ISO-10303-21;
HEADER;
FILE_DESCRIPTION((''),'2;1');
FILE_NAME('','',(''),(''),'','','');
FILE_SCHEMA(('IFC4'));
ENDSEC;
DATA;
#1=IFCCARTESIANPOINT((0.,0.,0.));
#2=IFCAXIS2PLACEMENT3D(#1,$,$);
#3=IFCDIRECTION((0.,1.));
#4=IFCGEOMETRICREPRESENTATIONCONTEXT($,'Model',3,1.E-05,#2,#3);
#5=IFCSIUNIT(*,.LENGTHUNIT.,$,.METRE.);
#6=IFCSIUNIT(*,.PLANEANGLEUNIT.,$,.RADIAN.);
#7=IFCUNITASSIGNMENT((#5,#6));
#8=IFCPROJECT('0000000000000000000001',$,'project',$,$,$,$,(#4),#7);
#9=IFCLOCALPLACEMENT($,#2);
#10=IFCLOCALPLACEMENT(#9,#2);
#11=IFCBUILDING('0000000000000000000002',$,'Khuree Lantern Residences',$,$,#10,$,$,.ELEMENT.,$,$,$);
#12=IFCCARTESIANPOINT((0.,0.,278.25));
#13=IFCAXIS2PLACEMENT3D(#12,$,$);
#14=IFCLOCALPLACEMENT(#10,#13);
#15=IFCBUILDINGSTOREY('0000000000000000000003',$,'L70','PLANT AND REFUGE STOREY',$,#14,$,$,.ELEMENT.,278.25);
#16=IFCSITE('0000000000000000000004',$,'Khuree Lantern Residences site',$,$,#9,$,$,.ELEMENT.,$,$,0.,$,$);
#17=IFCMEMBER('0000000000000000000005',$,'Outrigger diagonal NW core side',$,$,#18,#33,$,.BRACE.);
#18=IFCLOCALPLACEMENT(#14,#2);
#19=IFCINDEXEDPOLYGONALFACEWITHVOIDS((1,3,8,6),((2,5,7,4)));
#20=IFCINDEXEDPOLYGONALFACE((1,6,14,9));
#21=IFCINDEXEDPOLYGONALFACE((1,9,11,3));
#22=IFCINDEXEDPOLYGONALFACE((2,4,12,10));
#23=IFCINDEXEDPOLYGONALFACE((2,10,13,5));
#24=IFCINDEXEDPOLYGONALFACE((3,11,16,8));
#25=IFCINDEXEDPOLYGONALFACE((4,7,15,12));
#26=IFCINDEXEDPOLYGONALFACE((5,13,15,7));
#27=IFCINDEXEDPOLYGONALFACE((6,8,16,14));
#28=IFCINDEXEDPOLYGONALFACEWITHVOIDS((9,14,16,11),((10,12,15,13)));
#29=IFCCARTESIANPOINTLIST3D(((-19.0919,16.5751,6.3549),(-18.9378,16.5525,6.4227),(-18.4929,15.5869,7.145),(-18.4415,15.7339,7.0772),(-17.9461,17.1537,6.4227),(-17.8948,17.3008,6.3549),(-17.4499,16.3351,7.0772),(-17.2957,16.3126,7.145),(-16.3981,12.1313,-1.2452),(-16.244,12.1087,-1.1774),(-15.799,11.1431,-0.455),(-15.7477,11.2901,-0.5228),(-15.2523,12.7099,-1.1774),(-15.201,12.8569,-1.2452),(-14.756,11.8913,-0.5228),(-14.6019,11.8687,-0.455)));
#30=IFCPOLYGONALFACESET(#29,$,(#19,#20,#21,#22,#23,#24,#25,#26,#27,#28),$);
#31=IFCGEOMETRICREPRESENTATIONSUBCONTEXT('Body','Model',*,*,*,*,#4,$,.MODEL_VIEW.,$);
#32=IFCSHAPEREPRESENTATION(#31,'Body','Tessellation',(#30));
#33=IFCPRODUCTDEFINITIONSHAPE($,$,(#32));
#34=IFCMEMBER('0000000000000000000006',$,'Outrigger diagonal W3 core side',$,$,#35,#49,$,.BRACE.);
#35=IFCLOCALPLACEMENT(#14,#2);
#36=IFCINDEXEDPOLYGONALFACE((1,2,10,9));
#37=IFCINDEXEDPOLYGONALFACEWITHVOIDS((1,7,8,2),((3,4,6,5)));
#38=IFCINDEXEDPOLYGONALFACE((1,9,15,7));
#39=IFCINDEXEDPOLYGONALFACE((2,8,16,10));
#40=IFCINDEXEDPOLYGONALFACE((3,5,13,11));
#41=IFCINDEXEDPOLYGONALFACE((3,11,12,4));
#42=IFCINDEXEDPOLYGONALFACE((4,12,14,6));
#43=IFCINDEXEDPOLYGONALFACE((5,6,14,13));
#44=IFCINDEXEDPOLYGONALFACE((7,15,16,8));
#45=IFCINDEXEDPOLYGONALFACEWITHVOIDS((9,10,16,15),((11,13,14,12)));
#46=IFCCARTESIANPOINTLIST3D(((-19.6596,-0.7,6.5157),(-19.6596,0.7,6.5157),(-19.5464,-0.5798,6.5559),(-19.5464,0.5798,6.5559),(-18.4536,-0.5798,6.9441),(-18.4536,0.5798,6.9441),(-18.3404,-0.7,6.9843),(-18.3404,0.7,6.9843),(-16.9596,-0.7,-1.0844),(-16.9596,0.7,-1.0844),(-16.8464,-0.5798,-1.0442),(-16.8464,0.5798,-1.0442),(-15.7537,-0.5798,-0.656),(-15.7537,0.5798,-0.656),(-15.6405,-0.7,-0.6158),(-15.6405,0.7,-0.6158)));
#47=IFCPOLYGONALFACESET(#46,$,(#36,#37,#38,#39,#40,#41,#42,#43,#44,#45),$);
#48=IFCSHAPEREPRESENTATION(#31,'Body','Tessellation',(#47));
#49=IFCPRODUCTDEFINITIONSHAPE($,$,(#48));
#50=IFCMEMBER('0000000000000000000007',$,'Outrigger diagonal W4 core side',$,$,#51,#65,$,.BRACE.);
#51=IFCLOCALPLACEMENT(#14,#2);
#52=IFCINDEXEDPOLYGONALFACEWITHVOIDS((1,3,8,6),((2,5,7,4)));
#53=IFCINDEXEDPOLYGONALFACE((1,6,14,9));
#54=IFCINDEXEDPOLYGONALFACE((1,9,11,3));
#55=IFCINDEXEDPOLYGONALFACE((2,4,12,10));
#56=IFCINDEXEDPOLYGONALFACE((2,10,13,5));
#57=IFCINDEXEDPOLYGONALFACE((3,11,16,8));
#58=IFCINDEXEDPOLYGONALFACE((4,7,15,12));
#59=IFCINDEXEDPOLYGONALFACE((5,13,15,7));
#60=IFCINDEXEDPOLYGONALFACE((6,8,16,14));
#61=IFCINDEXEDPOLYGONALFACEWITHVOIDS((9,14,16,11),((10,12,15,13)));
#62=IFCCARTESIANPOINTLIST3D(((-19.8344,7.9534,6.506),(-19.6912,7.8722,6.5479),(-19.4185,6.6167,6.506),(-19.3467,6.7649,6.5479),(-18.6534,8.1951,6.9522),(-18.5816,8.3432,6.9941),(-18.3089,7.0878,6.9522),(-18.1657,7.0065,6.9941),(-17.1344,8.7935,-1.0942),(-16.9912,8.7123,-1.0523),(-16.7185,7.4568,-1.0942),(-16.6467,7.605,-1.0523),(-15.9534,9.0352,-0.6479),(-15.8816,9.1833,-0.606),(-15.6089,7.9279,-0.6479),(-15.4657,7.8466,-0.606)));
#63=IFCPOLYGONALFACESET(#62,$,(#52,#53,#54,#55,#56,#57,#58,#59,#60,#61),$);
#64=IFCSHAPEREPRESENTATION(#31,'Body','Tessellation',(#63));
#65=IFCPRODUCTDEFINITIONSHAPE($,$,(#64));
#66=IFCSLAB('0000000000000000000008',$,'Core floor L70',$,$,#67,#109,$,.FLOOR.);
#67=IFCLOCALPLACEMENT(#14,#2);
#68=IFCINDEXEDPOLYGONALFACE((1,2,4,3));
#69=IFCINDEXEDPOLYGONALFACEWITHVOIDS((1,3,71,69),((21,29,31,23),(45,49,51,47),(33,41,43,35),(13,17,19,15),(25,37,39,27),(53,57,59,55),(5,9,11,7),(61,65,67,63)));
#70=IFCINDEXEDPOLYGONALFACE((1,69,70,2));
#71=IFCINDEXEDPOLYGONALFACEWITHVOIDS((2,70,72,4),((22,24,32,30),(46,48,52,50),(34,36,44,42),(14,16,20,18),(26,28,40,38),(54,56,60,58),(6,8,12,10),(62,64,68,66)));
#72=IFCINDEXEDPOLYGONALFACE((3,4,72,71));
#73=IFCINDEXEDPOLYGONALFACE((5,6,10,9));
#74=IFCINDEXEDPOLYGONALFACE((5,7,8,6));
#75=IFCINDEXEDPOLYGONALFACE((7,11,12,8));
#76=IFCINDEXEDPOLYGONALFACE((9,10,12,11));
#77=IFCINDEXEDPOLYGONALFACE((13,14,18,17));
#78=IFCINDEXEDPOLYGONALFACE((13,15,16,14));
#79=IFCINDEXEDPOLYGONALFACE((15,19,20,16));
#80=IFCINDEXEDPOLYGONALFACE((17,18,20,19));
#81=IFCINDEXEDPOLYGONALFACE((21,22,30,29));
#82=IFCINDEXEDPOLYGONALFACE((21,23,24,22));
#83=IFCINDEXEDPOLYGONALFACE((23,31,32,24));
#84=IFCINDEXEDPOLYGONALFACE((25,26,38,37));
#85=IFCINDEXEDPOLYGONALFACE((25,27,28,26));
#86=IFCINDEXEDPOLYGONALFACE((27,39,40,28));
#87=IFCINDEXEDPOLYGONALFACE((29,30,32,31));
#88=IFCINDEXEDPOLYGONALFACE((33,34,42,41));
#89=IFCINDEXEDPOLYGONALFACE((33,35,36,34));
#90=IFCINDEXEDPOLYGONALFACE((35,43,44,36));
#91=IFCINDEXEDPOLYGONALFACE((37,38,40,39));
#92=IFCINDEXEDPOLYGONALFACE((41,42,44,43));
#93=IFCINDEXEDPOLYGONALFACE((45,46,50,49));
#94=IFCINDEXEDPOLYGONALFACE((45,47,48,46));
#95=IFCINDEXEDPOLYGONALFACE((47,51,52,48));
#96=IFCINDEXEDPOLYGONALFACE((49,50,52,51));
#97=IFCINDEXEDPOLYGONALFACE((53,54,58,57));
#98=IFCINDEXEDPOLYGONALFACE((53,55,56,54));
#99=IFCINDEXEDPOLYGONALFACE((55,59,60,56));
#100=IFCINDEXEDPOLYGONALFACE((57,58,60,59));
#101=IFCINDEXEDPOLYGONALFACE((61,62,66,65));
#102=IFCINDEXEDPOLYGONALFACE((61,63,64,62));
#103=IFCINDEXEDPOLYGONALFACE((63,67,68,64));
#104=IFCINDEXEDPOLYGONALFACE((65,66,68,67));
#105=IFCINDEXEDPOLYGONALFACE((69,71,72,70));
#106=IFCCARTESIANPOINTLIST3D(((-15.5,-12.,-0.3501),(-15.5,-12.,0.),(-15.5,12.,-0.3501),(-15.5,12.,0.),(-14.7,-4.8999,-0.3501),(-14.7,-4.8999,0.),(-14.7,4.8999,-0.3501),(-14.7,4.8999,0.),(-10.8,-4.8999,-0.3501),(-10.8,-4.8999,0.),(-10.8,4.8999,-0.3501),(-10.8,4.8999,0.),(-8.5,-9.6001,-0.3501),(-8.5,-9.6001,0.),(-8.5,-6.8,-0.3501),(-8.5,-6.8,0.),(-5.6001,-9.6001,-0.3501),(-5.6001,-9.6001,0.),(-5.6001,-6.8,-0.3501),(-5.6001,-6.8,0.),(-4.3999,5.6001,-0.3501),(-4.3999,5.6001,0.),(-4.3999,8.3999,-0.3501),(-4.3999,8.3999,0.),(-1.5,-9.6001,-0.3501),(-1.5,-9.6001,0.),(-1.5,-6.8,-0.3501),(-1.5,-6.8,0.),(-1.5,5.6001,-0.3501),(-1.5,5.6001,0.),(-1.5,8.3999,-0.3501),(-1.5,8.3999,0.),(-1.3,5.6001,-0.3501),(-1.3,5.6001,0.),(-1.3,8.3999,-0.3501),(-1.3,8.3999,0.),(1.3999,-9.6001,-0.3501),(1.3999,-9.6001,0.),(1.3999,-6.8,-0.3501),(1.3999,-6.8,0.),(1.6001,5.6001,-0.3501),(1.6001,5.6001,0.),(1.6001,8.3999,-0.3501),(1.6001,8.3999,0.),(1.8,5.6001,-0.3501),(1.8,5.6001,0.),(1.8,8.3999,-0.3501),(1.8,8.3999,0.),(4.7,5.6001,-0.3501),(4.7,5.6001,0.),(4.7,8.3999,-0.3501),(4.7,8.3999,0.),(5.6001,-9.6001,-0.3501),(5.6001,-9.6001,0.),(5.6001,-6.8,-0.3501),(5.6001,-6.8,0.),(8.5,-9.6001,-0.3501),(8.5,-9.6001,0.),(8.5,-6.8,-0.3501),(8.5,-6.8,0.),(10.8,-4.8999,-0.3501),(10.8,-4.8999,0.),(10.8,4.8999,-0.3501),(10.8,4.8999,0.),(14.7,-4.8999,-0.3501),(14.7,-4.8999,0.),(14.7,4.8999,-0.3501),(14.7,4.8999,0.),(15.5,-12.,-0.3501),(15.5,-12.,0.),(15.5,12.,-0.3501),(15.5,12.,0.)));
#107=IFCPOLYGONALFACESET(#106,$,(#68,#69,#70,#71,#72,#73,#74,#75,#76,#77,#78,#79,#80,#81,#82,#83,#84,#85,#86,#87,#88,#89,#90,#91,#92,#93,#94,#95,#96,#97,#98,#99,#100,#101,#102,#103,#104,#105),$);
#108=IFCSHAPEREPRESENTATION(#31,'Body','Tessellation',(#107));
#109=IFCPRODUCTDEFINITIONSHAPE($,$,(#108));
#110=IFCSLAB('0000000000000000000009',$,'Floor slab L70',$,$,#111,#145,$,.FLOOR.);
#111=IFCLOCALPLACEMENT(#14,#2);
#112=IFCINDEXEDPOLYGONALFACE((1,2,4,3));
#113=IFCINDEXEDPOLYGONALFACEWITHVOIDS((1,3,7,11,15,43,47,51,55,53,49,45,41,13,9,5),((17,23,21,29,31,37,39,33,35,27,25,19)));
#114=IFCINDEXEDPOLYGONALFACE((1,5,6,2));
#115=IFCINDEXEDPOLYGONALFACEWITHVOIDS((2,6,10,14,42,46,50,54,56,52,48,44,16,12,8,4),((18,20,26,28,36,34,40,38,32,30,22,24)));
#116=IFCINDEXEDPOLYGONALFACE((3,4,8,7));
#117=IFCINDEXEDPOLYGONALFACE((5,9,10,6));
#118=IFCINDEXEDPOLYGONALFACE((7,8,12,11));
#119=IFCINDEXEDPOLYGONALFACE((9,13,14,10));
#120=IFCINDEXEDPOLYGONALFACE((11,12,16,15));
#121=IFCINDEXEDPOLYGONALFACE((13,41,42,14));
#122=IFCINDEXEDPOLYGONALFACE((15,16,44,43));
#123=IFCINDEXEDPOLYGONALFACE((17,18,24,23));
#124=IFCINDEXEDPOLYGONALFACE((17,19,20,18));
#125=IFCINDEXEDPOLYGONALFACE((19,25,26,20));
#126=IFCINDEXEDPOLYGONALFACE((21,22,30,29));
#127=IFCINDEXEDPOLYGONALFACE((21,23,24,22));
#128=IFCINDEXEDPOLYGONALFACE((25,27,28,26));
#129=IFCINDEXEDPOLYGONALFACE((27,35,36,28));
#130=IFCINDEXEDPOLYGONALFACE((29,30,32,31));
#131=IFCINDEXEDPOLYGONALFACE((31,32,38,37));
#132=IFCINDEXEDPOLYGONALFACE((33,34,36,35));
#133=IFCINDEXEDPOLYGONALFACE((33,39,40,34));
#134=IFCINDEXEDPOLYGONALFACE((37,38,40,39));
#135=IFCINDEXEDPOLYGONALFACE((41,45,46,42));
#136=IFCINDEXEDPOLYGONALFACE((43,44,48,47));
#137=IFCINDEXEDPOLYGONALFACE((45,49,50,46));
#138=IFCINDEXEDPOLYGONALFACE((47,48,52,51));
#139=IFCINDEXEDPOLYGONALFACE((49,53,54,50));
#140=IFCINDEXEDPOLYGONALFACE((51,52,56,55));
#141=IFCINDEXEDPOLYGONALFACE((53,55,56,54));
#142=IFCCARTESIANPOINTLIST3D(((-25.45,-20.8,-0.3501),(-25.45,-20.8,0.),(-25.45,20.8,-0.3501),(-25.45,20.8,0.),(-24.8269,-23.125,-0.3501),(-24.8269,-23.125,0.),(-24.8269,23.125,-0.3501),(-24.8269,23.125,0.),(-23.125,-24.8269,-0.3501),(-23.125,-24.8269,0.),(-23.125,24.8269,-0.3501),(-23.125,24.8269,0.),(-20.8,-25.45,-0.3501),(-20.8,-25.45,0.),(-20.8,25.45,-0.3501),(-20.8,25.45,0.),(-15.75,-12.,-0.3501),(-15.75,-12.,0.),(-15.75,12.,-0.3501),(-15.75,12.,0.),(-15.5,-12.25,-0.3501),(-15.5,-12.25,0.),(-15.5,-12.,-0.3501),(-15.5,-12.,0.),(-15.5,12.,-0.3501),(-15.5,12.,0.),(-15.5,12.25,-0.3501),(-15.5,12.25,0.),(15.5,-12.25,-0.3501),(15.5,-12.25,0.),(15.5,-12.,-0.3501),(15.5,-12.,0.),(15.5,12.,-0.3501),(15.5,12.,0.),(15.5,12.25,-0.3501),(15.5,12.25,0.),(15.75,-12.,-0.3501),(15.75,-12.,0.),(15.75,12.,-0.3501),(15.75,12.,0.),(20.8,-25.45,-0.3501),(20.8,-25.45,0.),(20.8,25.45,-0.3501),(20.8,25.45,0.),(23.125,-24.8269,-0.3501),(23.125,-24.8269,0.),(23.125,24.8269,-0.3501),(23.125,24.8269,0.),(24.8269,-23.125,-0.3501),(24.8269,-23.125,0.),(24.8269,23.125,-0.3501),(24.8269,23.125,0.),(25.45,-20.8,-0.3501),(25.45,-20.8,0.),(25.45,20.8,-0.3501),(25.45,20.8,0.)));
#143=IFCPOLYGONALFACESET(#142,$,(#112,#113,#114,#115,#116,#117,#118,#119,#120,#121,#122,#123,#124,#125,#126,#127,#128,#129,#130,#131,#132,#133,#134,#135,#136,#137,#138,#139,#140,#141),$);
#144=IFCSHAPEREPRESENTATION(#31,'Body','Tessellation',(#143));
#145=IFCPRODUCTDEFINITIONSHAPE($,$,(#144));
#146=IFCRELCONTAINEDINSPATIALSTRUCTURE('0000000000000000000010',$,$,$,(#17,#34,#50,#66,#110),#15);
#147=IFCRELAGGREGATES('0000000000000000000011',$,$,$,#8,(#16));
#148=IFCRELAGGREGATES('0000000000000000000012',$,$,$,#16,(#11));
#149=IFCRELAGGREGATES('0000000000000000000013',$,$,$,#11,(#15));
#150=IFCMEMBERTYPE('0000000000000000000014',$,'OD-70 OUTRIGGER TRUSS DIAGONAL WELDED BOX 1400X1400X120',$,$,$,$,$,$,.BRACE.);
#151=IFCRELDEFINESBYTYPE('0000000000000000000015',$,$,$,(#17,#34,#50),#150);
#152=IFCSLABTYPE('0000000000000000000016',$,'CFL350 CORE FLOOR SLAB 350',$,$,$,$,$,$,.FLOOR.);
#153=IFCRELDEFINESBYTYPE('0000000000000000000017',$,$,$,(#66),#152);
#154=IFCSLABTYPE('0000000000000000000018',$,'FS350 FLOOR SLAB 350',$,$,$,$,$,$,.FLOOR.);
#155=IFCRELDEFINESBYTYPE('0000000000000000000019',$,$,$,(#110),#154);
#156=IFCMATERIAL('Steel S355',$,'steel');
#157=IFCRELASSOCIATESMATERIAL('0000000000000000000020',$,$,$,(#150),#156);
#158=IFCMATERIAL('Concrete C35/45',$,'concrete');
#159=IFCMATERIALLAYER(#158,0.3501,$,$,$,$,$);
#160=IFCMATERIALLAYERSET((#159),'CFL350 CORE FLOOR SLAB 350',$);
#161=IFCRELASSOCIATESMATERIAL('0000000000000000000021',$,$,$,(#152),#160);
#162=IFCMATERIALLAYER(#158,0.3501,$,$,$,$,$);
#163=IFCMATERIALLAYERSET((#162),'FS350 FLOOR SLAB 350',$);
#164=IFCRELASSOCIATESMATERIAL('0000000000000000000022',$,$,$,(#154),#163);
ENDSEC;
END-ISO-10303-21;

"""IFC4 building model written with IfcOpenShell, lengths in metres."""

from ifc_helpers import new_model, si_unit, direction, frame, origin, origin_2d, place, context, subcontext, project, spatial, polyline, hollow_rectangle, outline, extrude, material, layer, layer_set, material_profile, profile_set, type_object, element, save


model = new_model("IFC4")

# Units and contexts
model_context = context("Model", 3, precision=1e-05, world=origin(), true_north=direction((0.0, 1.0)))
body_context = subcontext(model_context, "Body", "Model", "MODEL_VIEW")
ifc_project = project(units=[si_unit("LENGTHUNIT", "METRE"), si_unit("PLANEANGLEUNIT", "RADIAN")], contexts=[model_context])

# Site, building, storey
site_placement = place(None, origin())
site = spatial("IfcSite", under=ifc_project, at=site_placement, Name="Khuree Lantern Residences site", CompositionType="ELEMENT", RefElevation=0.0)
building_placement = place(site_placement, origin())
building = spatial("IfcBuilding", under=site, at=building_placement, Name="Khuree Lantern Residences", CompositionType="ELEMENT")
storey_placement = place(building_placement, frame((0.0, 0.0, 278.25)))
storey = spatial("IfcBuildingStorey", under=building, at=storey_placement, Name="L70", Description="PLANT AND REFUGE STOREY", CompositionType="ELEMENT", Elevation=278.25)

# Members
ifc_material_1 = material(Name="Steel S355", Category="steel")
ifc_material_profile = material_profile(ifc_material_1, hollow_rectangle(XDim=1.3999, YDim=1.3999, WallThickness=0.1201, at=origin_2d()), Name="WELDED BOX 1400X1400X120")
ifc_profile_set = profile_set([ifc_material_profile], Name="Steel S355")
member_type = type_object("IfcMemberType", Name="OD-70 OUTRIGGER TRUSS DIAGONAL WELDED BOX 1400X1400X120", PredefinedType="BRACE", material=ifc_profile_set)
member_1_placement = place(storey_placement, frame((-15.5, 12.0, -0.8501), z_axis=(-0.292592, 0.482668, 0.825483), x_axis=(-0.855146, -0.518387, 0.0)))
element("IfcMember", 1, at=member_1_placement, inside=storey, type_object=member_type, Name="Outrigger diagonal NW core side", PredefinedType="BRACE", context=body_context, shape_type="SweptSolid", body=[
    extrude(hollow_rectangle(XDim=1.3999, YDim=1.3999, WallThickness=0.1201, at=origin_2d()), origin(), (0.0, 0.0, 1.0), 9.2068),
])
member_2_placement = place(storey_placement, frame((-16.3, 0.0, -0.8501), z_axis=(-0.334756, 0.0, 0.942305), x_axis=(0.0, -1.0, 0.0)))
element("IfcMember", 2, at=member_2_placement, inside=storey, type_object=member_type, Name="Outrigger diagonal W3 core side", PredefinedType="BRACE", context=body_context, shape_type="SweptSolid", body=[
    extrude(hollow_rectangle(XDim=1.3999, YDim=1.3999, WallThickness=0.1201, at=origin_2d()), origin(), (0.0, 0.0, 1.0), 8.0654),
])
member_3_placement = place(storey_placement, frame((-16.3, 8.3201, -0.8501), z_axis=(-0.332955, -0.103599, 0.937235), x_axis=(0.2971, -0.954846, 0.0)))
element("IfcMember", 3, at=member_3_placement, inside=storey, type_object=member_type, Name="Outrigger diagonal W4 core side", PredefinedType="BRACE", context=body_context, shape_type="SweptSolid", body=[
    extrude(hollow_rectangle(XDim=1.3999, YDim=1.3999, WallThickness=0.1201, at=origin_2d()), origin(), (0.0, 0.0, 1.0), 8.1091),
])

# Slabs
ifc_material_2 = material(Name="Concrete C35/45", Category="concrete")
ifc_layer_1 = layer(ifc_material_2, 0.3501)
ifc_layer_set_1 = layer_set([ifc_layer_1], Name="CFL350 CORE FLOOR SLAB 350")
slab_type_1 = type_object("IfcSlabType", Name="CFL350 CORE FLOOR SLAB 350", PredefinedType="FLOOR", material=ifc_layer_set_1)
slab_1_placement = place(storey_placement, frame((0.0, 0.0, -0.3501)))
element("IfcSlab", 4, at=slab_1_placement, inside=storey, type_object=slab_type_1, Name="Core floor L70", PredefinedType="FLOOR", context=body_context, shape_type="SweptSolid", body=[
    extrude(outline(polyline([(-15.5, -12.0), (-15.5, 12.0), (15.5, 12.0), (15.5, -12.0), (-15.5, -12.0)]), holes=[polyline([(10.8, 4.8999), (10.8, -4.8999), (14.7, -4.8999), (14.7, 4.8999), (10.8, 4.8999)]), polyline([(5.6001, -6.8), (5.6001, -9.6001), (8.5, -9.6001), (8.5, -6.8), (5.6001, -6.8)]), polyline([(1.8, 8.3999), (1.8, 5.6001), (4.7, 5.6001), (4.7, 8.3999), (1.8, 8.3999)]), polyline([(-1.3, 8.3999), (-1.3, 5.6001), (1.6001, 5.6001), (1.6001, 8.3999), (-1.3, 8.3999)]), polyline([(-1.5, -6.8), (-1.5, -9.6001), (1.3999, -9.6001), (1.3999, -6.8), (-1.5, -6.8)]), polyline([(-4.3999, 8.3999), (-4.3999, 5.6001), (-1.5, 5.6001), (-1.5, 8.3999), (-4.3999, 8.3999)]), polyline([(-8.5, -6.8), (-8.5, -9.6001), (-5.6001, -9.6001), (-5.6001, -6.8), (-8.5, -6.8)]), polyline([(-14.7, 4.8999), (-14.7, -4.8999), (-10.8, -4.8999), (-10.8, 4.8999), (-14.7, 4.8999)])]), origin(), (0.0, 0.0, 1.0), 0.3501),
])
ifc_layer_2 = layer(ifc_material_2, 0.3501)
ifc_layer_set_2 = layer_set([ifc_layer_2], Name="FS350 FLOOR SLAB 350")
slab_type_2 = type_object("IfcSlabType", Name="FS350 FLOOR SLAB 350", PredefinedType="FLOOR", material=ifc_layer_set_2)
slab_2_placement = place(storey_placement, frame((0.0, 0.0, -0.3501)))
element("IfcSlab", 5, at=slab_2_placement, inside=storey, type_object=slab_type_2, Name="Floor slab L70", PredefinedType="FLOOR", context=body_context, shape_type="SweptSolid", body=[
    extrude(outline(polyline([(-23.125, -24.8269), (-24.8269, -23.125), (-25.45, -20.8), (-25.45, 20.8), (-24.8269, 23.125), (-23.125, 24.8269), (-20.8, 25.45), (20.8, 25.45), (23.125, 24.8269), (24.8269, 23.125), (25.45, 20.8), (25.45, -20.8), (24.8269, -23.125), (23.125, -24.8269), (20.8, -25.45), (-20.8, -25.45), (-23.125, -24.8269)]), holes=[polyline([(15.75, 12.0), (15.5, 12.0), (15.5, 12.25), (-15.5, 12.25), (-15.5, 12.0), (-15.75, 12.0), (-15.75, -12.0), (-15.5, -12.0), (-15.5, -12.25), (15.5, -12.25), (15.5, -12.0), (15.75, -12.0), (15.75, 12.0)])]), origin(), (0.0, 0.0, 1.0), 0.3501),
])

save(model, "model.ifc")
